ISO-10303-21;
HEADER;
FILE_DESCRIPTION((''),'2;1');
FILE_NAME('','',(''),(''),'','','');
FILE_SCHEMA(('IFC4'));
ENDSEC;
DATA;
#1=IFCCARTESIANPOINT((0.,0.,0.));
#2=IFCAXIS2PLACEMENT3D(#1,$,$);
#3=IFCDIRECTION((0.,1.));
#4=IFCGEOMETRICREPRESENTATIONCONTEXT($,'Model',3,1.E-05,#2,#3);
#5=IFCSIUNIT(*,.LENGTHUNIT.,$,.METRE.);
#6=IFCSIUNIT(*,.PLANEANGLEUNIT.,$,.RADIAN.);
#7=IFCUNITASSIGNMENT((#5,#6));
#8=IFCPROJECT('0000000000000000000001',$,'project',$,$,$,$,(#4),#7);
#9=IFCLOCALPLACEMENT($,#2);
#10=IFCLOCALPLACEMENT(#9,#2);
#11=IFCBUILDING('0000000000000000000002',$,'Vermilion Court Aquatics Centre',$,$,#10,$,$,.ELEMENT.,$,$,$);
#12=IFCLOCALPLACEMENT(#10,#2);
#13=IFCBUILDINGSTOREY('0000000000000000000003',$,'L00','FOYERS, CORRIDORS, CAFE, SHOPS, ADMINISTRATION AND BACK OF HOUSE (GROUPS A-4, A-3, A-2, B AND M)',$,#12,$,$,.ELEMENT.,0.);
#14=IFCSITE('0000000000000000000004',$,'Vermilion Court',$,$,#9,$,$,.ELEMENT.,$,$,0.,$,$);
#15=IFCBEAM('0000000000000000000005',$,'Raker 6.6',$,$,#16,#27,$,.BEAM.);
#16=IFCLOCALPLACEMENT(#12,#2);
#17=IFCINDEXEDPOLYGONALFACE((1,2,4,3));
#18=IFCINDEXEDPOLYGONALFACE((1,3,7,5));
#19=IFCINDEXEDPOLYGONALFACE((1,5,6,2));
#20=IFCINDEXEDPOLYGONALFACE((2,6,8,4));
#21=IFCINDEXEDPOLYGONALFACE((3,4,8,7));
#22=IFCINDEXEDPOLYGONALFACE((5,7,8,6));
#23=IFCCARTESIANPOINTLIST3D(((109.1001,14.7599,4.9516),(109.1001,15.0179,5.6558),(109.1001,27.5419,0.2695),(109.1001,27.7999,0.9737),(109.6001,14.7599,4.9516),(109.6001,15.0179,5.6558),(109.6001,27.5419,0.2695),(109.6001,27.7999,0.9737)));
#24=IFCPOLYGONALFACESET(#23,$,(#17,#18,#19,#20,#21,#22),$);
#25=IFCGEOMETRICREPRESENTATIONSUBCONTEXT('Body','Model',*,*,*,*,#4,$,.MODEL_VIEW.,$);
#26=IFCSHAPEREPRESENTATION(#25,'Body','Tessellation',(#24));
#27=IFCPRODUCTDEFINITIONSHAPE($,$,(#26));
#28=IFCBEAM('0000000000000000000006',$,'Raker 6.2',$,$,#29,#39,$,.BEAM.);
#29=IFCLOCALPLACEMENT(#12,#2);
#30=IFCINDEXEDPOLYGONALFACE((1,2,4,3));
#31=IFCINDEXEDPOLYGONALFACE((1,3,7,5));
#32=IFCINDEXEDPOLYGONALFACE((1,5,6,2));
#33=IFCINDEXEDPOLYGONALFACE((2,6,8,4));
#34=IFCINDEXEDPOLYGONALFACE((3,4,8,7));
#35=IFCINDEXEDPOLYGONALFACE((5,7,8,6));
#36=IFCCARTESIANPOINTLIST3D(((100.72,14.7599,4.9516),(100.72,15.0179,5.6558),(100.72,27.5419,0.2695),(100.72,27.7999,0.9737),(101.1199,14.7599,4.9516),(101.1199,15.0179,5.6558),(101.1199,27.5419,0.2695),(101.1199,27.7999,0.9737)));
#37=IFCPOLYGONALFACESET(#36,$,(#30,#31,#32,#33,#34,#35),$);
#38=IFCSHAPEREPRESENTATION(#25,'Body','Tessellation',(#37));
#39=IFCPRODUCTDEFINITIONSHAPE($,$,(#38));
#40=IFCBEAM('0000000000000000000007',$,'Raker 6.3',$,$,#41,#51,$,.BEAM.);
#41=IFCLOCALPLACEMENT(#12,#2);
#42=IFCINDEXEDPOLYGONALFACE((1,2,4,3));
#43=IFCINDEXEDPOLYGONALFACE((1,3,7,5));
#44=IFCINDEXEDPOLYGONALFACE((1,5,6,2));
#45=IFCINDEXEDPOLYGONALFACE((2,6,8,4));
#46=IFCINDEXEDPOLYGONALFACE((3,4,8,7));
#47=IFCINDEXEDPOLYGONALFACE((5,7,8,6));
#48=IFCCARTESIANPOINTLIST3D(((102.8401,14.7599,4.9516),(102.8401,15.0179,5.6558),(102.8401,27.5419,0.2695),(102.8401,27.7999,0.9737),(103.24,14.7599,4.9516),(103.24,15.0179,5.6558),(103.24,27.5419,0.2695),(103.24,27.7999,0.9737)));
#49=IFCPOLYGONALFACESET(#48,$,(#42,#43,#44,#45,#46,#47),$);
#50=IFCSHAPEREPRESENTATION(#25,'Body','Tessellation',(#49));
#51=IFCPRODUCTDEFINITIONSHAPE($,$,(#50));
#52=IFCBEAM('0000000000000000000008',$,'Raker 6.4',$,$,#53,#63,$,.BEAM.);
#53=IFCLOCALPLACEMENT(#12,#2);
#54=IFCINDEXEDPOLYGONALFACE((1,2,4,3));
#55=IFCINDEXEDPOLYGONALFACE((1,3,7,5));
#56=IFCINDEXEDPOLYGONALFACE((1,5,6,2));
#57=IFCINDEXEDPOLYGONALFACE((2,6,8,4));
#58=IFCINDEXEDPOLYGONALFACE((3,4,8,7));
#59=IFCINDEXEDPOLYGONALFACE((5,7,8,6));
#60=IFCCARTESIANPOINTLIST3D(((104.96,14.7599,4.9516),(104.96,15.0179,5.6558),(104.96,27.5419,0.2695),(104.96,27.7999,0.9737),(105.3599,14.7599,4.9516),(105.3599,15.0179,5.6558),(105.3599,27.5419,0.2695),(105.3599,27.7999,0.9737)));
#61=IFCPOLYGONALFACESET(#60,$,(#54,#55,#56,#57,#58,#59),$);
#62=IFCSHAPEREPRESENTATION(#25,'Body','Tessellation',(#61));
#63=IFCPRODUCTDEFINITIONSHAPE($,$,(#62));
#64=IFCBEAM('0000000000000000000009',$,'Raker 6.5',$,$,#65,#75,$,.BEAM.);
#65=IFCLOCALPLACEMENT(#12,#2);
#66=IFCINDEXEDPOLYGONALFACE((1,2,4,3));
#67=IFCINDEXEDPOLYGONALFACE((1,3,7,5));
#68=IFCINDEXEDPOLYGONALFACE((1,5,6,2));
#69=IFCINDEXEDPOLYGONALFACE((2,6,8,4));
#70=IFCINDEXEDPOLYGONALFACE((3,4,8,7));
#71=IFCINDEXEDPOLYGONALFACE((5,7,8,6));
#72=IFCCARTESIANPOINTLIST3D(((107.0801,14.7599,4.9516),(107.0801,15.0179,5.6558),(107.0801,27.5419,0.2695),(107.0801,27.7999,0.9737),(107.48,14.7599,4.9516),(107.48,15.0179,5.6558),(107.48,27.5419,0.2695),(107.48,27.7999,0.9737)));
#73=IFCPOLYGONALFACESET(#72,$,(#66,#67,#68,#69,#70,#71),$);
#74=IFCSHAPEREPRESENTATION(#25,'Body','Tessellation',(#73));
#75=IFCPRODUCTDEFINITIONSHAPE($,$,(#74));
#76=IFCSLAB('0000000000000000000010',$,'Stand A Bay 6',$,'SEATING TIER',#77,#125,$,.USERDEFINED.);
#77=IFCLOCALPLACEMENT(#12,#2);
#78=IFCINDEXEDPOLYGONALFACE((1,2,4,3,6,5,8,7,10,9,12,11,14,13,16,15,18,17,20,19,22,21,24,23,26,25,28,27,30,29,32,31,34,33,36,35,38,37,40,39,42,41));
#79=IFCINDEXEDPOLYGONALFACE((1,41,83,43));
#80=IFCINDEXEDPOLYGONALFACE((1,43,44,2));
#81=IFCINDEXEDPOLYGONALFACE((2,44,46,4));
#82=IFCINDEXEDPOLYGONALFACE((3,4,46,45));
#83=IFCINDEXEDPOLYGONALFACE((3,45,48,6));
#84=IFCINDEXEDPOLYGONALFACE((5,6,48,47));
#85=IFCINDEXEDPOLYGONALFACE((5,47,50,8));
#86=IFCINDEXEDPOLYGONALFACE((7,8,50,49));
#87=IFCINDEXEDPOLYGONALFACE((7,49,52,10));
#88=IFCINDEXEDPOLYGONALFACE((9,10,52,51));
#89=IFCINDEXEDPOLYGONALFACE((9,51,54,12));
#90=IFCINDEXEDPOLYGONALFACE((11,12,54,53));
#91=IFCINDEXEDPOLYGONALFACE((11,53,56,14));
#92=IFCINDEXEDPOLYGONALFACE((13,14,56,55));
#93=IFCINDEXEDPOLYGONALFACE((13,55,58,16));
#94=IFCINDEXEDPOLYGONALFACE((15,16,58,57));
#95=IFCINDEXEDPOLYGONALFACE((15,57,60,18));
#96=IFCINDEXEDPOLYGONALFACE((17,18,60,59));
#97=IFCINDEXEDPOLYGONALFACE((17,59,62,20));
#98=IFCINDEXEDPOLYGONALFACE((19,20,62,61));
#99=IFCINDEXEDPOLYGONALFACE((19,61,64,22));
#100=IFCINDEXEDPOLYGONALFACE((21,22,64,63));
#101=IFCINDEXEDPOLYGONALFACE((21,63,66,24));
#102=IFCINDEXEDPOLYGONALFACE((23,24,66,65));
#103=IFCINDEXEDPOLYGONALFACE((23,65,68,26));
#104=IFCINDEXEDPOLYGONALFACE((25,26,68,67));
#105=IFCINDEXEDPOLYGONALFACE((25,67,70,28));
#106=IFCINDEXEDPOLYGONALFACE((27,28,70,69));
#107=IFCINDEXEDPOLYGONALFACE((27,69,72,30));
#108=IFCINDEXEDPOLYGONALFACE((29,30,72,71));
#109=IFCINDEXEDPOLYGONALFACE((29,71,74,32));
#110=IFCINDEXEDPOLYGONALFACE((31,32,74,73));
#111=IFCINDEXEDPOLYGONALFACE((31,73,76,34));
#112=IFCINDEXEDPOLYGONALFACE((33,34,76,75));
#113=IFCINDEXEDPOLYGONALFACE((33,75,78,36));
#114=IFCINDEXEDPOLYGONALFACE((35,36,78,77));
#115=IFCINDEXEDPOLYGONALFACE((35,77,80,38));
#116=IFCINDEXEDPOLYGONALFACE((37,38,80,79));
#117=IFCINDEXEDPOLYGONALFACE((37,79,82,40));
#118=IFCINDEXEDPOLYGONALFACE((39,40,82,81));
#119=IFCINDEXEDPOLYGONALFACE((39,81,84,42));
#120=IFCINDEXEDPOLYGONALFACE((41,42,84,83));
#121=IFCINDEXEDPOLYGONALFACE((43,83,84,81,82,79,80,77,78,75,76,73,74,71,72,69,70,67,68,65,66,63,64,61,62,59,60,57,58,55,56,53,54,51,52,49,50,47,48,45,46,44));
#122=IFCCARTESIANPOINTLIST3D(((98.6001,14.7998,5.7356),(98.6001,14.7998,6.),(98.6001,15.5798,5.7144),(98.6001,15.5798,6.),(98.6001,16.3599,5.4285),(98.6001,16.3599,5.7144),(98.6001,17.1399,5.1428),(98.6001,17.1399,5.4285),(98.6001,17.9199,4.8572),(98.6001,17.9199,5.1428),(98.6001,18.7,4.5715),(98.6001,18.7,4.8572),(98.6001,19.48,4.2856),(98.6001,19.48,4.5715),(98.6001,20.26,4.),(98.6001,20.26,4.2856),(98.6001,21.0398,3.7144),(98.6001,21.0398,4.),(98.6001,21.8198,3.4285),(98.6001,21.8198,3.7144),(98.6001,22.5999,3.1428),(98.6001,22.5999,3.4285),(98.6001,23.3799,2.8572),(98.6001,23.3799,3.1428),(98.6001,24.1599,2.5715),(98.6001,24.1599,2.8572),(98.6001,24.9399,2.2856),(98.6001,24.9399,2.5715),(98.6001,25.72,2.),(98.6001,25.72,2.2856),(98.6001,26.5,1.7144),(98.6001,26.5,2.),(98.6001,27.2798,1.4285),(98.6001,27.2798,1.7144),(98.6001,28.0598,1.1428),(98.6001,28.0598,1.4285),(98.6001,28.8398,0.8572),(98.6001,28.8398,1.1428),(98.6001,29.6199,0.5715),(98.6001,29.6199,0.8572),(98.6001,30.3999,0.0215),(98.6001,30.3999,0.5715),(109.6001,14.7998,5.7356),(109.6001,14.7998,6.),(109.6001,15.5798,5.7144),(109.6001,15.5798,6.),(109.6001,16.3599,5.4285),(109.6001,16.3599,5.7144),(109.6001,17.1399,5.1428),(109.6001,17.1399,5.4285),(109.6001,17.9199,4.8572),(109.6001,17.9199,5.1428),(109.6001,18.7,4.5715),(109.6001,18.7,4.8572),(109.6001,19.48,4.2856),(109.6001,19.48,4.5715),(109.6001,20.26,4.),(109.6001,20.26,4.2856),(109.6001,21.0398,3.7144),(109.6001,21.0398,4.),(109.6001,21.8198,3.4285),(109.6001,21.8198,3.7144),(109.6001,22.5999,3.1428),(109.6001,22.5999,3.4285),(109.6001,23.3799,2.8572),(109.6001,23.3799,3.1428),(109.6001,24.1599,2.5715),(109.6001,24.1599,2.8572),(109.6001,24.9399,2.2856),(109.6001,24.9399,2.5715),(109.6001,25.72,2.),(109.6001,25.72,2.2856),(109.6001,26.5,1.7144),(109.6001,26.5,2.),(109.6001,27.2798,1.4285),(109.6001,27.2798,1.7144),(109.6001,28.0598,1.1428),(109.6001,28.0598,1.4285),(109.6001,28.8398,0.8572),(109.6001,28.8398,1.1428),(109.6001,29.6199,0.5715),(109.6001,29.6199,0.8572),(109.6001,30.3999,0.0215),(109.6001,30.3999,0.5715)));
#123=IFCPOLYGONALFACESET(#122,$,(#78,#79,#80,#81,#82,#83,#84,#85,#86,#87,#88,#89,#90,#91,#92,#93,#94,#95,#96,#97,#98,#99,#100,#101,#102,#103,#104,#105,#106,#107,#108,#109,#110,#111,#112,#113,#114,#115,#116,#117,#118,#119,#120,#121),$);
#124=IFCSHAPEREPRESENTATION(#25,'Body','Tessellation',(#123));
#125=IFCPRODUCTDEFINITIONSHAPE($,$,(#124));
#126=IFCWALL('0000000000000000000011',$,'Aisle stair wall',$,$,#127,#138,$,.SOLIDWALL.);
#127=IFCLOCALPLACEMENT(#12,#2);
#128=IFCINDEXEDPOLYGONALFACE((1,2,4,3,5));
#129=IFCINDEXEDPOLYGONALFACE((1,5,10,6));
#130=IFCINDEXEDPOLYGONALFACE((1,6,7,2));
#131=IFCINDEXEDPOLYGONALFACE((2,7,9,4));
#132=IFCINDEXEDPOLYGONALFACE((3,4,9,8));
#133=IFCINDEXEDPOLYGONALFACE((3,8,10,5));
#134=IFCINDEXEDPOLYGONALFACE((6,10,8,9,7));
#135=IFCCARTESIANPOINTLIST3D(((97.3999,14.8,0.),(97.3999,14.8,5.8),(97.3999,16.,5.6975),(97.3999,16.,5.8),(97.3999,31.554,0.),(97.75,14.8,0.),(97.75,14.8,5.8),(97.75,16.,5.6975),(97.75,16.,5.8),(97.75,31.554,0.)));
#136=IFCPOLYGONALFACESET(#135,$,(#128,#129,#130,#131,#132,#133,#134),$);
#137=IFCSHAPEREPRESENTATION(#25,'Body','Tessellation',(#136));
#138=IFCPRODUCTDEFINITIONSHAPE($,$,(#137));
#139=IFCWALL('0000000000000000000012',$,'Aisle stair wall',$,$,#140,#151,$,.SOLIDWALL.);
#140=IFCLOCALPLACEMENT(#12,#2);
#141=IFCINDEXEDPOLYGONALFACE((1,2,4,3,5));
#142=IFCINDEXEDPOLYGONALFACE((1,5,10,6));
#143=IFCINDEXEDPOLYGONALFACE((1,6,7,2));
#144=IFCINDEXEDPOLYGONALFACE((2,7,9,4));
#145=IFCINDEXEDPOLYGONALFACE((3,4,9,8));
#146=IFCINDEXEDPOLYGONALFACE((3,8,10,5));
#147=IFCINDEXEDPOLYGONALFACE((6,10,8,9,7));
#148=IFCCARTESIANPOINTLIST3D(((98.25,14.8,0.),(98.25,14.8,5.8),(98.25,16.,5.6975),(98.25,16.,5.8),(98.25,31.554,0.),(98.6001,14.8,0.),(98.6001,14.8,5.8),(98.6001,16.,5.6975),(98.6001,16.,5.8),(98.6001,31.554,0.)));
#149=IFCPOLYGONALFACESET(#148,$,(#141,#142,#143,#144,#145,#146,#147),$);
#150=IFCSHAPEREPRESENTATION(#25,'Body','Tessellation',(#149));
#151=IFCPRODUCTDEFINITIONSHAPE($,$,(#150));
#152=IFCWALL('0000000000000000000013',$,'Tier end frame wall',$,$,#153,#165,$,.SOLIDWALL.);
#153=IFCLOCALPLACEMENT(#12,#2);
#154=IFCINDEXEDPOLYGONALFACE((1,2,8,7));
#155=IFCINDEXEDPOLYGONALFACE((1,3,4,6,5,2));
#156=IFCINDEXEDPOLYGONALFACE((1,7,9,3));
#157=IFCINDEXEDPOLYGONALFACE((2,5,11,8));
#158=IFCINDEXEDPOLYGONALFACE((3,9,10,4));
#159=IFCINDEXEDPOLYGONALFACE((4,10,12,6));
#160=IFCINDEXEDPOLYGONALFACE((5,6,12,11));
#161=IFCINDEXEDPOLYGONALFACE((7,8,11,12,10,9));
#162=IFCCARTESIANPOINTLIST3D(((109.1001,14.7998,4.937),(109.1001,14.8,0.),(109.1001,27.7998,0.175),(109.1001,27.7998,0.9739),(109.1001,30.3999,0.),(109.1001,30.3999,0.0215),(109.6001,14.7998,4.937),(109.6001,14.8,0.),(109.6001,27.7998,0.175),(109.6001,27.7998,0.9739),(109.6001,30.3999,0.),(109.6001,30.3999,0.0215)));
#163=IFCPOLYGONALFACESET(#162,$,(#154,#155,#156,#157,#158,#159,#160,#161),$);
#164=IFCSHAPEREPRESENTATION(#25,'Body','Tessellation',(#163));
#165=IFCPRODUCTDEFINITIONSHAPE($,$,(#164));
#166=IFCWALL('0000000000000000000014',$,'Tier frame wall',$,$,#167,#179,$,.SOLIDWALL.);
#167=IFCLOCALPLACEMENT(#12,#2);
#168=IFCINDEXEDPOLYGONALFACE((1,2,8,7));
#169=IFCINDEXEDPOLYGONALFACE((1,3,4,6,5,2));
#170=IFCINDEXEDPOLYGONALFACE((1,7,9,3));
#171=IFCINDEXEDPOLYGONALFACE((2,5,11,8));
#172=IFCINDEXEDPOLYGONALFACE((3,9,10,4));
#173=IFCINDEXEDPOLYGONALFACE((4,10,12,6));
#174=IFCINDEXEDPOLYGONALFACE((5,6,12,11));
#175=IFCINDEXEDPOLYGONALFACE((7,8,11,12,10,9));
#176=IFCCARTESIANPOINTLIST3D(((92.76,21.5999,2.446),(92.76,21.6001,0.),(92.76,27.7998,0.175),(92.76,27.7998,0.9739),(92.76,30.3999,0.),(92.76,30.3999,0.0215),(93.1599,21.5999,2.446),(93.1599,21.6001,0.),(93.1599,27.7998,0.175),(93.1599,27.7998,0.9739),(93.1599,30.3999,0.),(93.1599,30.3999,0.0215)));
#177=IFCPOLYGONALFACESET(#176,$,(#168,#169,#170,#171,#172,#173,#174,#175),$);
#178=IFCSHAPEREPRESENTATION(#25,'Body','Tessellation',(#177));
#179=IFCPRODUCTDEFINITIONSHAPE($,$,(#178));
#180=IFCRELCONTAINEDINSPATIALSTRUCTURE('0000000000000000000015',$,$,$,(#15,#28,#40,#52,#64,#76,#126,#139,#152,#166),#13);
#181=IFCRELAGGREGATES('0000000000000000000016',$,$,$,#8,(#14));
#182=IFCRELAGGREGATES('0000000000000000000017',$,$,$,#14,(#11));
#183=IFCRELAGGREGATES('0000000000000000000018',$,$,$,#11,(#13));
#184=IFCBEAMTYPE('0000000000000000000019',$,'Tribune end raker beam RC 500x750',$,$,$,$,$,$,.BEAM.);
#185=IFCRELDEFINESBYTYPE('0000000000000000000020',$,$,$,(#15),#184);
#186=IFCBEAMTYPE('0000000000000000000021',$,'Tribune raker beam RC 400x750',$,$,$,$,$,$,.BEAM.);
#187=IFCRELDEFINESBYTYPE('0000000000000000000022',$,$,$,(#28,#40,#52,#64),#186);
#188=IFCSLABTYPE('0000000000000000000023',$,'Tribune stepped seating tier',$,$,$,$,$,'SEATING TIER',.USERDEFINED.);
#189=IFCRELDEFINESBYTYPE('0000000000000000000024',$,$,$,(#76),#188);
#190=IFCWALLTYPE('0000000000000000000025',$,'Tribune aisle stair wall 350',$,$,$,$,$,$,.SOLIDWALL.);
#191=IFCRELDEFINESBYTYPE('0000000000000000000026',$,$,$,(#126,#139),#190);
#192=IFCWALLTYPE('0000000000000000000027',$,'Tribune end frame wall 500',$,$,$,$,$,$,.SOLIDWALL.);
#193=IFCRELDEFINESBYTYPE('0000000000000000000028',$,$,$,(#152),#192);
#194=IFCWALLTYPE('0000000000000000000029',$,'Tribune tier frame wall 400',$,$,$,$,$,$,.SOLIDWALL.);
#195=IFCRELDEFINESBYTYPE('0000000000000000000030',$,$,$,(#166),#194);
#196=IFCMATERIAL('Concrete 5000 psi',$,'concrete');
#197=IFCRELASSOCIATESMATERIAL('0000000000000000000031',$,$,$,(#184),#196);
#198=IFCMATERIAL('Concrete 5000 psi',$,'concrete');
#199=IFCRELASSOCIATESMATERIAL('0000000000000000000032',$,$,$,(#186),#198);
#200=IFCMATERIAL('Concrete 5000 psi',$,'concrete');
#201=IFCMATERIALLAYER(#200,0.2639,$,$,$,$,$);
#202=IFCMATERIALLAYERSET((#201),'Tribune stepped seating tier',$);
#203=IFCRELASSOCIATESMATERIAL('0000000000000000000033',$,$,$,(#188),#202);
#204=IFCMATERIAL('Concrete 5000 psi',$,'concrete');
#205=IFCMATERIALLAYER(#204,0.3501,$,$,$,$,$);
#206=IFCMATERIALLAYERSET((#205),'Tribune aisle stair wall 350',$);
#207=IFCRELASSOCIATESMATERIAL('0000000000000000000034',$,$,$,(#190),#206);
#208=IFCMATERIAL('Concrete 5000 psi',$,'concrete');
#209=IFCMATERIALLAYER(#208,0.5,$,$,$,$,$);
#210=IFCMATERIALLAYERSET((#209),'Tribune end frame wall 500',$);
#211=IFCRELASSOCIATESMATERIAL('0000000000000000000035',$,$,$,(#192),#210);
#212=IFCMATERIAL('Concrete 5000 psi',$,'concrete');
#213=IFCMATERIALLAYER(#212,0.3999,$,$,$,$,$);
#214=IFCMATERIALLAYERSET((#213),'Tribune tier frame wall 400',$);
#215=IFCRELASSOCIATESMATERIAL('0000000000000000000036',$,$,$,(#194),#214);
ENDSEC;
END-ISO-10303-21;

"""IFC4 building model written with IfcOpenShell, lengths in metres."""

from ifc_helpers import new_model, si_unit, direction, frame, origin, origin_2d, place, context, subcontext, project, spatial, polyline, rectangle, outline, extrude, material, layer, layer_set, material_profile, profile_set, type_object, element, save


model = new_model("IFC4")

# Units and contexts
model_context = context("Model", 3, precision=1e-05, world=origin(), true_north=direction((0.0, 1.0)))
body_context = subcontext(model_context, "Body", "Model", "MODEL_VIEW")
ifc_project = project(units=[si_unit("LENGTHUNIT", "METRE"), si_unit("PLANEANGLEUNIT", "RADIAN")], contexts=[model_context])

# Site, building, storey
site_placement = place(None, origin())
site = spatial("IfcSite", under=ifc_project, at=site_placement, Name="Vermilion Court", CompositionType="ELEMENT", RefElevation=0.0)
building_placement = place(site_placement, origin())
building = spatial("IfcBuilding", under=site, at=building_placement, Name="Vermilion Court Aquatics Centre", CompositionType="ELEMENT")
storey_placement = place(building_placement, origin())
storey = spatial("IfcBuildingStorey", under=building, at=storey_placement, Name="L00", Description="FOYERS, CORRIDORS, CAFE, SHOPS, ADMINISTRATION AND BACK OF HOUSE (GROUPS A-4, A-3, A-2, B AND M)", CompositionType="ELEMENT", Elevation=0.0)

# Beams
ifc_material_1 = material(Name="Concrete 5000 psi", Category="concrete")
ifc_material_profile_1 = material_profile(ifc_material_1, rectangle(XDim=0.5, YDim=0.75, at=origin_2d()), Name="RC 500x750")
ifc_profile_set_1 = profile_set([ifc_material_profile_1], Name="Concrete 5000 psi")
beam_type_1 = type_object("IfcBeamType", Name="Tribune end raker beam RC 500x750", PredefinedType="BEAM", material=ifc_profile_set_1)
beam_placement = place(storey_placement, frame((109.3501, 27.6709, 0.6216), z_axis=(0.0, -0.938985, 0.343957), x_axis=(1.0, 0.0, 0.0)))
element("IfcBeam", 1, at=beam_placement, inside=storey, type_object=beam_type_1, Name="Raker 6.6", PredefinedType="BEAM", context=body_context, shape_type="SweptSolid", body=[
    extrude(rectangle(XDim=0.5, YDim=0.75, at=origin_2d()), origin(), (0.0, 0.0, 1.0), 13.6125),
])
ifc_material_2 = material(Name="Concrete 5000 psi", Category="concrete")
ifc_material_profile_2 = material_profile(ifc_material_2, rectangle(XDim=0.3999, YDim=0.75, at=origin_2d()), Name="RC 400x750")
ifc_profile_set_2 = profile_set([ifc_material_profile_2], Name="Concrete 5000 psi")
beam_type_2 = type_object("IfcBeamType", Name="Tribune raker beam RC 400x750", PredefinedType="BEAM", material=ifc_profile_set_2)
for number, where, z_axis, x_axis, name in (
    (2, (100.9199, 27.6709, 0.6216), (0.0, -0.938985, 0.343957), (1.0, 0.0, 0.0), "Raker 6.2"),
    (3, (103.04, 27.6709, 0.6216), (0.0, -0.938985, 0.343957), (1.0, 0.0, 0.0), "Raker 6.3"),
    (4, (105.1599, 27.6709, 0.6216), (0.0, -0.938985, 0.343957), (1.0, 0.0, 0.0), "Raker 6.4"),
    (5, (107.28, 27.6709, 0.6216), (0.0, -0.938985, 0.343957), (1.0, 0.0, 0.0), "Raker 6.5"),
):
    element("IfcBeam", number, at=place(storey_placement, frame(where, z_axis=z_axis, x_axis=x_axis)), inside=storey, type_object=beam_type_2, Name=name, PredefinedType="BEAM", context=body_context, shape_type="SweptSolid", body=[
        extrude(rectangle(XDim=0.3999, YDim=0.75, at=origin_2d()), origin(), (0.0, 0.0, 1.0), 13.6125),
    ])

# Slab
ifc_material_3 = material(Name="Concrete 5000 psi", Category="concrete")
ifc_layer_1 = layer(ifc_material_3, 0.2639)
ifc_layer_set_1 = layer_set([ifc_layer_1], Name="Tribune stepped seating tier")
slab_type = type_object("IfcSlabType", Name="Tribune stepped seating tier", ElementType="SEATING TIER", PredefinedType="USERDEFINED", material=ifc_layer_set_1)
slab_placement = place(storey_placement, frame((104.1001, 30.3999, 0.0215), z_axis=(0.0, 0.0, 1.0), x_axis=(0.0, -1.0, 0.0)))
element("IfcSlab", 6, at=slab_placement, inside=storey, type_object=slab_type, Name="Stand A Bay 6", ObjectType="SEATING TIER", PredefinedType="USERDEFINED", context=body_context, shape_type="SweptSolid", body=[
    extrude(outline(polyline([(0.0, 0.0), (15.6001, 5.7141), (15.6001, 5.9785), (14.8201, 5.9785), (14.8201, 5.6929), (14.04, 5.6929), (14.04, 5.407), (13.26, 5.407), (13.26, 5.1213), (12.48, 5.1213), (12.48, 4.8357), (11.7, 4.8357), (11.7, 4.55), (10.9199, 4.55), (10.9199, 4.2642), (10.1399, 4.2642), (10.1399, 3.9785), (9.3601, 3.9785), (9.3601, 3.6929), (8.5801, 3.6929), (8.5801, 3.407), (7.8, 3.407), (7.8, 3.1213), (7.02, 3.1213), (7.02, 2.8357), (6.24, 2.8357), (6.24, 2.55), (5.46, 2.55), (5.46, 2.2642), (4.6799, 2.2642), (4.6799, 1.9785), (3.8999, 1.9785), (3.8999, 1.6929), (3.1201, 1.6929), (3.1201, 1.407), (2.3401, 1.407), (2.3401, 1.1213), (1.5601, 1.1213), (1.5601, 0.8357), (0.78, 0.8357), (0.78, 0.55), (0.0, 0.55), (0.0, 0.0)])), frame((0.0, 5.5, 0.0), z_axis=(0.0, -1.0, 0.0), x_axis=(1.0, 0.0, 0.0)), (0.0, 0.0, 1.0), 11.0),
])

# Walls
ifc_material_4 = material(Name="Concrete 5000 psi", Category="concrete")
ifc_layer_2 = layer(ifc_material_4, 0.3501)
ifc_layer_set_2 = layer_set([ifc_layer_2], Name="Tribune aisle stair wall 350")
wall_type_1 = type_object("IfcWallType", Name="Tribune aisle stair wall 350", PredefinedType="SOLIDWALL", material=ifc_layer_set_2)
for number, where, z_axis, x_axis, name in (
    (7, (97.575, 31.554, 0.0), (0.0, 0.0, 1.0), (0.0, -1.0, 0.0), "Aisle stair wall"),
    (8, (98.425, 31.554, 0.0), (0.0, 0.0, 1.0), (0.0, -1.0, 0.0), "Aisle stair wall"),
):
    element("IfcWall", number, at=place(storey_placement, frame(where, z_axis=z_axis, x_axis=x_axis)), inside=storey, type_object=wall_type_1, Name=name, PredefinedType="SOLIDWALL", context=body_context, shape_type="SweptSolid", body=[
        extrude(outline(polyline([(0.0, 0.0), (16.7539, 0.0), (16.7539, 5.8), (15.554, 5.8), (15.554, 5.6975), (0.0, 0.0), (0.0, 0.0)])), frame((0.0, 0.175, 0.0), z_axis=(0.0, -1.0, 0.0), x_axis=(1.0, 0.0, 0.0)), (0.0, 0.0, 1.0), 0.3501),
    ])
ifc_material_5 = material(Name="Concrete 5000 psi", Category="concrete")
ifc_layer_3 = layer(ifc_material_5, 0.5)
ifc_layer_set_3 = layer_set([ifc_layer_3], Name="Tribune end frame wall 500")
wall_type_2 = type_object("IfcWallType", Name="Tribune end frame wall 500", PredefinedType="SOLIDWALL", material=ifc_layer_set_3)
wall_placement = place(storey_placement, frame((109.3501, 30.3999, 0.0), z_axis=(0.0, 0.0, 1.0), x_axis=(0.0, -1.0, 0.0)))
element("IfcWall", 9, at=wall_placement, inside=storey, type_object=wall_type_2, Name="Tier end frame wall", PredefinedType="SOLIDWALL", context=body_context, shape_type="SweptSolid", body=[
    extrude(outline(polyline([(0.0, 0.0), (15.5999, 0.0), (15.6001, 4.937), (2.6001, 0.175), (2.6001, 0.9739), (0.0, 0.0215), (0.0, 0.0)])), frame((0.0, 0.25, 0.0), z_axis=(0.0, -1.0, 0.0), x_axis=(1.0, 0.0, 0.0)), (0.0, 0.0, 1.0), 0.5),
])
ifc_material_6 = material(Name="Concrete 5000 psi", Category="concrete")
ifc_layer_4 = layer(ifc_material_6, 0.3999)
ifc_layer_set_4 = layer_set([ifc_layer_4], Name="Tribune tier frame wall 400")
wall_type_3 = type_object("IfcWallType", Name="Tribune tier frame wall 400", PredefinedType="SOLIDWALL", material=ifc_layer_set_4)
for number, where, z_axis, x_axis, name in (
    (10, (92.96, 30.3999, 0.0), (0.0, 0.0, 1.0), (0.0, -1.0, 0.0), "Tier frame wall"),
):
    element("IfcWall", number, at=place(storey_placement, frame(where, z_axis=z_axis, x_axis=x_axis)), inside=storey, type_object=wall_type_3, Name=name, PredefinedType="SOLIDWALL", context=body_context, shape_type="SweptSolid", body=[
        extrude(outline(polyline([(0.0, 0.0), (8.7998, 0.0), (8.8, 2.446), (2.6001, 0.175), (2.6001, 0.9739), (0.0, 0.0215), (0.0, 0.0)])), frame((0.0, 0.2, 0.0), z_axis=(0.0, -1.0, 0.0), x_axis=(1.0, 0.0, 0.0)), (0.0, 0.0, 1.0), 0.3999),
    ])

save(model, "model.ifc")
